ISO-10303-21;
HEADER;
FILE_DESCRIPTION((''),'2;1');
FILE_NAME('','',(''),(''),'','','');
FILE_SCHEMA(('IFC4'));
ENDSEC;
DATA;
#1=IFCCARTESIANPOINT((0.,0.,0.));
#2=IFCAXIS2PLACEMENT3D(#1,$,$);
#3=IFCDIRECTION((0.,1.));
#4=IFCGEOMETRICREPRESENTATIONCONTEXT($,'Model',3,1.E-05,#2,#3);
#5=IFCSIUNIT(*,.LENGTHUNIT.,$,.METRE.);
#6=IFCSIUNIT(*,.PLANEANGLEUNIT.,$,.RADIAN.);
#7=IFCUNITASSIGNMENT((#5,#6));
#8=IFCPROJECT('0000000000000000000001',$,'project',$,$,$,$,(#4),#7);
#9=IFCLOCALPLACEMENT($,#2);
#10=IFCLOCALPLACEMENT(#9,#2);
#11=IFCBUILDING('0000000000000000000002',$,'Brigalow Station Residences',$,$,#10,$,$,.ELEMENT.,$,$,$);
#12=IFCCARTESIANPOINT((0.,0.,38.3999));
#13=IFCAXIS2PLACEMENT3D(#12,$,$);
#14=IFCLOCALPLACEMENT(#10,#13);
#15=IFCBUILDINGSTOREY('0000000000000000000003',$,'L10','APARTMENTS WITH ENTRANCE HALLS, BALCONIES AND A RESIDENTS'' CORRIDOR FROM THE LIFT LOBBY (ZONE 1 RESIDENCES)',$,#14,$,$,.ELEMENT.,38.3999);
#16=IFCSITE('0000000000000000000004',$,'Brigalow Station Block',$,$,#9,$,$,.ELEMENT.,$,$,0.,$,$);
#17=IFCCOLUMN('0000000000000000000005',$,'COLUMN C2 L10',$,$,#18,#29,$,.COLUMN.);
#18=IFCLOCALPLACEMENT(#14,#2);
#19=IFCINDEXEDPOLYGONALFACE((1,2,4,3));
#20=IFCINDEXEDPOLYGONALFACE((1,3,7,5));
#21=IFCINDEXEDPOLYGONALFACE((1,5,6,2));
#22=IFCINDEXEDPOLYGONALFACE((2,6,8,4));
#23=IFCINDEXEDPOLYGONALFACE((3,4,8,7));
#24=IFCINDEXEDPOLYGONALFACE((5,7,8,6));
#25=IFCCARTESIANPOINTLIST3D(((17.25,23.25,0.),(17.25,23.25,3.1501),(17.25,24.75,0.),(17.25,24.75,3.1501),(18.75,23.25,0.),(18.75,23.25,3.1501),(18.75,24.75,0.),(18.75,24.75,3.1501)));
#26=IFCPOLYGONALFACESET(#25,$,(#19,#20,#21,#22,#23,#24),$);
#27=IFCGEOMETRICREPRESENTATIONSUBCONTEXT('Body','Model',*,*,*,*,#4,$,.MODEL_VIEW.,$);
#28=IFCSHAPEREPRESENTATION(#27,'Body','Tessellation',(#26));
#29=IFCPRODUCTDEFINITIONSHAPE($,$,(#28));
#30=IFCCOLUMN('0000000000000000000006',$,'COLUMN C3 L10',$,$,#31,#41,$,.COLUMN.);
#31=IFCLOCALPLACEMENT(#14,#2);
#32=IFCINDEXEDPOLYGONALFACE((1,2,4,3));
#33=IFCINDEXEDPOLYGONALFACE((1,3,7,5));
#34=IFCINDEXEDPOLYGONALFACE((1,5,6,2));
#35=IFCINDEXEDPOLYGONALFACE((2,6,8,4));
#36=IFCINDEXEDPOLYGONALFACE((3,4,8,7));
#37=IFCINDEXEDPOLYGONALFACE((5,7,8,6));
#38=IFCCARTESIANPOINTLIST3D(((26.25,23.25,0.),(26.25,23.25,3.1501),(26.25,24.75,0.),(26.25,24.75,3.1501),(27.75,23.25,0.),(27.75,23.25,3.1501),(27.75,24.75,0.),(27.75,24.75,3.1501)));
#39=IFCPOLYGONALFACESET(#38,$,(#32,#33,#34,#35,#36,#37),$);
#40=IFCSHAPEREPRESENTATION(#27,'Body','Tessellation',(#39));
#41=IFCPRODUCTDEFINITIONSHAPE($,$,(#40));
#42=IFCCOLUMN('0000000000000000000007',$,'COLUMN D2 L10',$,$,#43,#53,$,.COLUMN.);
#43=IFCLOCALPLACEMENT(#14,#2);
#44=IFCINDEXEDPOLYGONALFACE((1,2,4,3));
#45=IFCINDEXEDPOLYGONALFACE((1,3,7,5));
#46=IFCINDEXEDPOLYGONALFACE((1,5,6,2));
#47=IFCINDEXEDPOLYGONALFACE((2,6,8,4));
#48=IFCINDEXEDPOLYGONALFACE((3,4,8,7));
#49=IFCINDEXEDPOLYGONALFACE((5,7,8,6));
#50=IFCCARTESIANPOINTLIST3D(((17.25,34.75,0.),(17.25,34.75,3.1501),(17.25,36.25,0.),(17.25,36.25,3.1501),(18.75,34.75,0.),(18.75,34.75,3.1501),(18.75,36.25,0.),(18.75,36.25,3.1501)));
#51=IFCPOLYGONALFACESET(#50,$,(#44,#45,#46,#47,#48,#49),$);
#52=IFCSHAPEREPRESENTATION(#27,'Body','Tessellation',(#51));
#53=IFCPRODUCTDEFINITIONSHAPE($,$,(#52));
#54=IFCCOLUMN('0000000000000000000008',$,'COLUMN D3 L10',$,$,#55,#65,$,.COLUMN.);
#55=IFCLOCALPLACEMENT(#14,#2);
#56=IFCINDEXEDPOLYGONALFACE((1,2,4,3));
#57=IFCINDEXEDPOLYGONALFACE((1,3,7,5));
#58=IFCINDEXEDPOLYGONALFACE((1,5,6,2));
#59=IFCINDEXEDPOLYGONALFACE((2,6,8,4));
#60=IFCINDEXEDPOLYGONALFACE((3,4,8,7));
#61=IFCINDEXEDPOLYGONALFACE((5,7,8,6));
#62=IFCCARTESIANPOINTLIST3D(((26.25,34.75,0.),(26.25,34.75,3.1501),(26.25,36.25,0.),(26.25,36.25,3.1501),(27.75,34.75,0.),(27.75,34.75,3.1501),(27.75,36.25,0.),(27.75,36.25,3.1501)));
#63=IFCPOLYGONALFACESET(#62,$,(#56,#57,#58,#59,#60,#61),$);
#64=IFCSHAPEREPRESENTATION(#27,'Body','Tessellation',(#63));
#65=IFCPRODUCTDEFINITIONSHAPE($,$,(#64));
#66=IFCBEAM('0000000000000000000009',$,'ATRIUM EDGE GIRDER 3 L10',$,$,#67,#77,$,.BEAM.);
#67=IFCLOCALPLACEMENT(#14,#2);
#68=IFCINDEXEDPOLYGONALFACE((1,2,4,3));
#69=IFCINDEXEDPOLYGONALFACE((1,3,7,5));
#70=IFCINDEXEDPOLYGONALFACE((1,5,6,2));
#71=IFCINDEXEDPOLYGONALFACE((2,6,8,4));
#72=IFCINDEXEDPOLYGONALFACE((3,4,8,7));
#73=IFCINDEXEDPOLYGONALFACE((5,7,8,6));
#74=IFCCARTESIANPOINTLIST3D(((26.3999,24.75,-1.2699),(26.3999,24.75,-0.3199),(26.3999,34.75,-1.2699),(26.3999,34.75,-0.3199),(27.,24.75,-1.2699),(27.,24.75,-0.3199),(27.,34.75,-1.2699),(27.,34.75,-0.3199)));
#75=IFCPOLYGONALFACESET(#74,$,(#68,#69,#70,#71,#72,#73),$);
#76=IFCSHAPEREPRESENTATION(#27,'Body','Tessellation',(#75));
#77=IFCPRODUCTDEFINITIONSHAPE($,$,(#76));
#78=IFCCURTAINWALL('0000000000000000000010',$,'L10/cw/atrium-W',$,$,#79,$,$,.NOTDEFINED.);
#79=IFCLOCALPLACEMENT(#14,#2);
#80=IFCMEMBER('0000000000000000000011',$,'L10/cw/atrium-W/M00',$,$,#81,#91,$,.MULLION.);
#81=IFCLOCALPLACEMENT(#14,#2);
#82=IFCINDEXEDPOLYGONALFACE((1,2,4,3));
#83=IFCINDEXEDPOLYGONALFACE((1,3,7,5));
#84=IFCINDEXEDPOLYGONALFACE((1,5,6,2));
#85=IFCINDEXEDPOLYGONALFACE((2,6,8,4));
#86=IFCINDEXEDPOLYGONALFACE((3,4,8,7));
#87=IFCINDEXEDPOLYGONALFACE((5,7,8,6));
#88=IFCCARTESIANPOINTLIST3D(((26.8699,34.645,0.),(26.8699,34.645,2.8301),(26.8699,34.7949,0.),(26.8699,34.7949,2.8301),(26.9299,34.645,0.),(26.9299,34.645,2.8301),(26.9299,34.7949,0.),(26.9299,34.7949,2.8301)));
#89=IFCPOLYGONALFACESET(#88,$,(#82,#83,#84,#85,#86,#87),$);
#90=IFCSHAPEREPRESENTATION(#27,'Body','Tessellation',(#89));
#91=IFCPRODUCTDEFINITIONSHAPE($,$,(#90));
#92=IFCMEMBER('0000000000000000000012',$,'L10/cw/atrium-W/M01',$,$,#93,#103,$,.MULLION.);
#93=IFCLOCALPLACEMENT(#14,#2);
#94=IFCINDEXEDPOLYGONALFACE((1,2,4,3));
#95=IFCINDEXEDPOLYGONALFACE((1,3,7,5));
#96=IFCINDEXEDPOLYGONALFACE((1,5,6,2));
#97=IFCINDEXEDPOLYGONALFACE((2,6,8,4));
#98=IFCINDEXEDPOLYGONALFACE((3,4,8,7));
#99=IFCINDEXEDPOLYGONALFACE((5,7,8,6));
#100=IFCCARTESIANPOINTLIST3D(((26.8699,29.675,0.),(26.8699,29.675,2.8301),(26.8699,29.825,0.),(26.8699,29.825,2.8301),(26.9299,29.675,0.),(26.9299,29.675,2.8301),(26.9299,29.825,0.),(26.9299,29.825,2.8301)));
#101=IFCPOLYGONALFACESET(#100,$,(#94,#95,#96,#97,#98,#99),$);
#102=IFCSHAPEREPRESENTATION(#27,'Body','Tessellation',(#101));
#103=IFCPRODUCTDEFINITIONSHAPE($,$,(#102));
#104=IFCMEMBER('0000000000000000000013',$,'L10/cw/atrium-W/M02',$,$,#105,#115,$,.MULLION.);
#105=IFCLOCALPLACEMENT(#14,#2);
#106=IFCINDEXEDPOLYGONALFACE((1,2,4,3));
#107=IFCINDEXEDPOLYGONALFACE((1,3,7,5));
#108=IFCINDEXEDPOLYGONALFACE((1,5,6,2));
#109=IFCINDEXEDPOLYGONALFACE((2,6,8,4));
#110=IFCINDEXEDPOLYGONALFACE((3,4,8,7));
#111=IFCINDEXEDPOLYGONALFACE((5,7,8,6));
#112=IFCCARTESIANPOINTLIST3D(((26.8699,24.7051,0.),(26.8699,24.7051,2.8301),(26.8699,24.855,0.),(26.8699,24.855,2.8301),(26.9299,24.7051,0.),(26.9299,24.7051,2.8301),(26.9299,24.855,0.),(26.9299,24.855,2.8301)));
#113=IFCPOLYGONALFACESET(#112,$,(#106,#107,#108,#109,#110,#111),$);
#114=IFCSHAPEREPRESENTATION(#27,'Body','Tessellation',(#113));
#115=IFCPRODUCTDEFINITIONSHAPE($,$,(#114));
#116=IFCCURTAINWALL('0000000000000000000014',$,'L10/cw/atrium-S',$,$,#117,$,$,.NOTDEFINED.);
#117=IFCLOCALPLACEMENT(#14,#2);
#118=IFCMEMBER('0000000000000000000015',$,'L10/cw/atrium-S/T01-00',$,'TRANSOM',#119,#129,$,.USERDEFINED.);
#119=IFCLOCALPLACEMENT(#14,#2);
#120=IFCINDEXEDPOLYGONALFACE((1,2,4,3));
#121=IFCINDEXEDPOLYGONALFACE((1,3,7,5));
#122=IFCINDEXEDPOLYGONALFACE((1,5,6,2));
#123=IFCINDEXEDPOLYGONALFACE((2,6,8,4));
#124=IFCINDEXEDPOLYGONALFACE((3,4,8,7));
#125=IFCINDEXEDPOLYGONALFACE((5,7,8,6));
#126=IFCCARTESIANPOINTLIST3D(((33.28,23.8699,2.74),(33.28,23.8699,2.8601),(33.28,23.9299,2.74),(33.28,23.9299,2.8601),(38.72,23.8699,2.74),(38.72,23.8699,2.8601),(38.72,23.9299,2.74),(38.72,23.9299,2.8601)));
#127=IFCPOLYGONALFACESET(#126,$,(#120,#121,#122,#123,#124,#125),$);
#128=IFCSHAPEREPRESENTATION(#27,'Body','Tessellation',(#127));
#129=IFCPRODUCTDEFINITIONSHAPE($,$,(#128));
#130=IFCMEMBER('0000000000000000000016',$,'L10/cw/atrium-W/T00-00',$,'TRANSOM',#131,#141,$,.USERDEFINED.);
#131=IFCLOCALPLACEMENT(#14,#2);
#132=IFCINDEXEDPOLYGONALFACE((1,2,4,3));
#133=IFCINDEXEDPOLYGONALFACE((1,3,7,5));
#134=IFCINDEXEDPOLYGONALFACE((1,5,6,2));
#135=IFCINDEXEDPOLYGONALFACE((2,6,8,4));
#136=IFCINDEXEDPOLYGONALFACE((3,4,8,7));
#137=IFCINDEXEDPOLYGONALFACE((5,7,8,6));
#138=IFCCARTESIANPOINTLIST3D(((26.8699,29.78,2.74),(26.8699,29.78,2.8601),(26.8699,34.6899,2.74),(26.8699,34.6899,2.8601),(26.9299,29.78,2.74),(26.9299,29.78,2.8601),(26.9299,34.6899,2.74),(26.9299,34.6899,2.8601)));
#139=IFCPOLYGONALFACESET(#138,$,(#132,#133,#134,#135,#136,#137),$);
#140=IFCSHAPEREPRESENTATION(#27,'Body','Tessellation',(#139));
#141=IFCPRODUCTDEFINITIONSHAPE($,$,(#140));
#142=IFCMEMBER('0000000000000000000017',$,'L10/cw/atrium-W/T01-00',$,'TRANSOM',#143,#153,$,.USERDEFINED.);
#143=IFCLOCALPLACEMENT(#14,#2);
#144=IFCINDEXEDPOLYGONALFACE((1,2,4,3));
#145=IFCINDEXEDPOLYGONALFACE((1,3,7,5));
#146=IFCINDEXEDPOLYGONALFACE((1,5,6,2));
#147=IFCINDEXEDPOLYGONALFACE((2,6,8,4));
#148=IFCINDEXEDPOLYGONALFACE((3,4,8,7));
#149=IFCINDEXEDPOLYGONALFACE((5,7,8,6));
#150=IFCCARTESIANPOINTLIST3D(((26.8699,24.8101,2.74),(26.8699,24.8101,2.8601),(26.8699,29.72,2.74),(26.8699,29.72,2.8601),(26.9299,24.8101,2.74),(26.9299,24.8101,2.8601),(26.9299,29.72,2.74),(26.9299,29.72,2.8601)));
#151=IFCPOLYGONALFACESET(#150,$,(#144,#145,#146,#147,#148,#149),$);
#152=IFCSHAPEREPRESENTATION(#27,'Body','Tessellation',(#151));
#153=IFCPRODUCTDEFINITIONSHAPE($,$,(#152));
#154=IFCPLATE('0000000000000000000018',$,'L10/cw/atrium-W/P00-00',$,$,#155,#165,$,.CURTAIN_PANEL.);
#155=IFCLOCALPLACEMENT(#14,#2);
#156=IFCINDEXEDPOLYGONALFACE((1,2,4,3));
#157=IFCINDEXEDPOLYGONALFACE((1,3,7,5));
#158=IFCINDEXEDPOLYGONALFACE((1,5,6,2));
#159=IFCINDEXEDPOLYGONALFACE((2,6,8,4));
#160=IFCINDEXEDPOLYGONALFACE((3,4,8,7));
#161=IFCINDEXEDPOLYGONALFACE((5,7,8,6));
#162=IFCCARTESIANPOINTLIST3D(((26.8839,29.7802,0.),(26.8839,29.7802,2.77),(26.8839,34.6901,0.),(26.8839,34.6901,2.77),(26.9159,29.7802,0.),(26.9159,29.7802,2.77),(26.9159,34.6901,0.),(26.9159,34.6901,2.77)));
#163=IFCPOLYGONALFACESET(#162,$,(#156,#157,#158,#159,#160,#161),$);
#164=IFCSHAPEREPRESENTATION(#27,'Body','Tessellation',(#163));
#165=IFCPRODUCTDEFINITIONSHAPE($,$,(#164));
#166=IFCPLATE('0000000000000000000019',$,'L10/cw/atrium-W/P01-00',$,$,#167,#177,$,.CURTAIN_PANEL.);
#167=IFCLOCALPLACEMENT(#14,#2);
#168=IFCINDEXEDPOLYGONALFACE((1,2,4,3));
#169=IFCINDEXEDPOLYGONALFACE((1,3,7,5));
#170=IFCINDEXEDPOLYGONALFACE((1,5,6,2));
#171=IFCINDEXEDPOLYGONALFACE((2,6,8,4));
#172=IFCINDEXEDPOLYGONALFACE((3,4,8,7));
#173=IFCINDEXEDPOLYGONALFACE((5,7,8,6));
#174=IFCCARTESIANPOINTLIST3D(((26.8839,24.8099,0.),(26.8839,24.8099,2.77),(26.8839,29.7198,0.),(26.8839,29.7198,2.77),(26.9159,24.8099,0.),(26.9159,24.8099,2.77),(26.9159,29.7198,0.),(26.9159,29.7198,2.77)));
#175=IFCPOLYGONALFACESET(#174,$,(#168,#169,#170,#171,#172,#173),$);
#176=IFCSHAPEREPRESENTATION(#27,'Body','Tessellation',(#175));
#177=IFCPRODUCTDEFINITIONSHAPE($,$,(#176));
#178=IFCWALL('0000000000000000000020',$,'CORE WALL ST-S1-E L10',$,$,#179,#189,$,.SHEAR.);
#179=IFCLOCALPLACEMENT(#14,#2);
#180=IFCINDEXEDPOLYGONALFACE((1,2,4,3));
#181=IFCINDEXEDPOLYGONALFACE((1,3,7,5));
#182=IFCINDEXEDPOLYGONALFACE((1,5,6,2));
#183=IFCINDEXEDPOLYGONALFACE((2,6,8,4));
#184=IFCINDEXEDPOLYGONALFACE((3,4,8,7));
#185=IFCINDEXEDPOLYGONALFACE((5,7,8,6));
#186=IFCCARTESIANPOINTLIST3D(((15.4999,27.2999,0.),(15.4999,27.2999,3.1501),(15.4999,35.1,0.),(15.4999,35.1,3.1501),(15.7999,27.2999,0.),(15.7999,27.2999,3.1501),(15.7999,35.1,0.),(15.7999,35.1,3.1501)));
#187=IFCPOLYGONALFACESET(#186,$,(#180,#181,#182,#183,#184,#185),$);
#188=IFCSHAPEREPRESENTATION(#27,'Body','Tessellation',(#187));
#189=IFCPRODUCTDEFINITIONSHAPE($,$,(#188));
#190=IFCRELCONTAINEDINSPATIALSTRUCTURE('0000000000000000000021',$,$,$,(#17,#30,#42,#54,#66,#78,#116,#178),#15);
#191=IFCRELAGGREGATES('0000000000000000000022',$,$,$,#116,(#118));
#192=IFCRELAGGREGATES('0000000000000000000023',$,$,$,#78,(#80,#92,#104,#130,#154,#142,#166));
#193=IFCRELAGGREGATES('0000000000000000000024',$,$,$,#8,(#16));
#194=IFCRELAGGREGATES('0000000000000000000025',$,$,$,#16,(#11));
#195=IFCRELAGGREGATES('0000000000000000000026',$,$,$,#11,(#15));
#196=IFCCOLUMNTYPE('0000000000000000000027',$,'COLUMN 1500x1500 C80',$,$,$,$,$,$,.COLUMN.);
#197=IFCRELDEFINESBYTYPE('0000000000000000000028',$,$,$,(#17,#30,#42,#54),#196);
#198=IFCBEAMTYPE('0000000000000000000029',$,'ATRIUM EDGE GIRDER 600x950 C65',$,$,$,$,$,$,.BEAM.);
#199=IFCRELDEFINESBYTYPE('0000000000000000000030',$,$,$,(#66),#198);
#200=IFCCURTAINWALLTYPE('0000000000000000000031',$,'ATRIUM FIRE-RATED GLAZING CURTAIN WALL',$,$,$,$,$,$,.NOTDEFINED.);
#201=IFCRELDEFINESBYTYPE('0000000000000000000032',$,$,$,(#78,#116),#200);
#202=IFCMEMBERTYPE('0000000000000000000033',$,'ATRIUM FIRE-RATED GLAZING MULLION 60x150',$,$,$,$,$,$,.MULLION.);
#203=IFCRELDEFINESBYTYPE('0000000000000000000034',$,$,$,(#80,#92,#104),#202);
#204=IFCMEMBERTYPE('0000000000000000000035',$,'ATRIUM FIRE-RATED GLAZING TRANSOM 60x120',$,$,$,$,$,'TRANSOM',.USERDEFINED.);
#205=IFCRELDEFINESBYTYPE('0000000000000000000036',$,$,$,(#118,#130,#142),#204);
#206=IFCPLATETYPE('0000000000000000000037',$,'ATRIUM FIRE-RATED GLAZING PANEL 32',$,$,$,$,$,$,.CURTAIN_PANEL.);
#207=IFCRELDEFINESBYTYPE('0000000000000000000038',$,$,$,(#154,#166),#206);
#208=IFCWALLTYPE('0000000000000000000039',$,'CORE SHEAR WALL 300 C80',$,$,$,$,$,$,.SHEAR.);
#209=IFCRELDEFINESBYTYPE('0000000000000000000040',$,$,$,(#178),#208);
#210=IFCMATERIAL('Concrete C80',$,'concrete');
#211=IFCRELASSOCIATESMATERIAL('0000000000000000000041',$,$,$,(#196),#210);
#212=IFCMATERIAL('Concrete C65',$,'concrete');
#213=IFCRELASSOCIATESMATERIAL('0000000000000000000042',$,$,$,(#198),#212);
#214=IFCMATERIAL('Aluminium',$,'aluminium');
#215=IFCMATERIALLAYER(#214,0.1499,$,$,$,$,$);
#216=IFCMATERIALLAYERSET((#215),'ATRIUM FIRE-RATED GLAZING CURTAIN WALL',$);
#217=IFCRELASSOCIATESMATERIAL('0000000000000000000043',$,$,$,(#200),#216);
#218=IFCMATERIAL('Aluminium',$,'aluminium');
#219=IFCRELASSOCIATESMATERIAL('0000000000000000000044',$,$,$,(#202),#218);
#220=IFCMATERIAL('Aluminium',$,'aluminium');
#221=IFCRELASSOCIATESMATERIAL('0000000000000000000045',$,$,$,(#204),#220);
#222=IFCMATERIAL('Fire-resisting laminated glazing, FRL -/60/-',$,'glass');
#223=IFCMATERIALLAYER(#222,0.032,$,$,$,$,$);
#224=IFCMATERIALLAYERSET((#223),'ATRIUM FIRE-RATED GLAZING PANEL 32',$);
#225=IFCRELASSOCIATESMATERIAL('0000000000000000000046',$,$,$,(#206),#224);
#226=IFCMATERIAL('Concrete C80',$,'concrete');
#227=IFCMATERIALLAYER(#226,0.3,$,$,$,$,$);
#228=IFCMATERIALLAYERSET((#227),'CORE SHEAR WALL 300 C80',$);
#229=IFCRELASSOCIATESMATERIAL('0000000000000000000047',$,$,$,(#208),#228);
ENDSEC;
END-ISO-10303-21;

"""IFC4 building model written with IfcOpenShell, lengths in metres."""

from ifc_helpers import new_model, si_unit, direction, frame, frame_2d, origin, origin_2d, place, context, subcontext, project, spatial, rectangle, extrude, material, layer, layer_set, material_profile, profile_set, type_object, element, aggregate, save


model = new_model("IFC4")

# Units and contexts
model_context = context("Model", 3, precision=1e-05, world=origin(), true_north=direction((0.0, 1.0)))
body_context = subcontext(model_context, "Body", "Model", "MODEL_VIEW")
ifc_project = project(units=[si_unit("LENGTHUNIT", "METRE"), si_unit("PLANEANGLEUNIT", "RADIAN")], contexts=[model_context])

# Site, building, storey
site_placement = place(None, origin())
site = spatial("IfcSite", under=ifc_project, at=site_placement, Name="Brigalow Station Block", CompositionType="ELEMENT", RefElevation=0.0)
building_placement = place(site_placement, origin())
building = spatial("IfcBuilding", under=site, at=building_placement, Name="Brigalow Station Residences", CompositionType="ELEMENT")
storey_placement = place(building_placement, frame((0.0, 0.0, 38.3999)))
storey = spatial("IfcBuildingStorey", under=building, at=storey_placement, Name="L10", Description="APARTMENTS WITH ENTRANCE HALLS, BALCONIES AND A RESIDENTS' CORRIDOR FROM THE LIFT LOBBY (ZONE 1 RESIDENCES)", CompositionType="ELEMENT", Elevation=38.3999)

# Columns
ifc_material_1 = material(Name="Concrete C80", Category="concrete")
ifc_material_profile_1 = material_profile(ifc_material_1, rectangle(XDim=1.5, YDim=1.5, at=origin_2d()), Name="RC1500x1500")
ifc_profile_set_1 = profile_set([ifc_material_profile_1], Name="Concrete C80")
column_type = type_object("IfcColumnType", Name="COLUMN 1500x1500 C80", PredefinedType="COLUMN", material=ifc_profile_set_1)
for number, where, z_axis, x_axis, name in (
    (1, (18.0, 24.0, 0.0), (0.0, 0.0, 1.0), (1.0, 0.0, 0.0), "COLUMN C2 L10"),
    (2, (27.0, 24.0, 0.0), (0.0, 0.0, 1.0), (1.0, 0.0, 0.0), "COLUMN C3 L10"),
    (3, (18.0, 35.5, 0.0), (0.0, 0.0, 1.0), (1.0, 0.0, 0.0), "COLUMN D2 L10"),
    (4, (27.0, 35.5, 0.0), (0.0, 0.0, 1.0), (1.0, 0.0, 0.0), "COLUMN D3 L10"),
):
    element("IfcColumn", number, at=place(storey_placement, frame(where, z_axis=z_axis, x_axis=x_axis)), inside=storey, type_object=column_type, Name=name, PredefinedType="COLUMN", context=body_context, shape_type="SweptSolid", body=[
        extrude(rectangle(XDim=1.5, YDim=1.5, at=origin_2d()), origin(), (0.0, 0.0, 1.0), 3.1501),
    ])

# Beam
ifc_material_2 = material(Name="Concrete C65", Category="concrete")
ifc_material_profile_2 = material_profile(ifc_material_2, rectangle(XDim=0.6001, YDim=0.95, at=origin_2d()), Name="RC600x950")
ifc_profile_set_2 = profile_set([ifc_material_profile_2], Name="Concrete C65")
beam_type = type_object("IfcBeamType", Name="ATRIUM EDGE GIRDER 600x950 C65", PredefinedType="BEAM", material=ifc_profile_set_2)
beam_placement = place(storey_placement, frame((26.7, 24.75, -0.7949), z_axis=(0.0, 1.0, 0.0), x_axis=(-1.0, 0.0, 0.0)))
element("IfcBeam", 5, at=beam_placement, inside=storey, type_object=beam_type, Name="ATRIUM EDGE GIRDER 3 L10", PredefinedType="BEAM", context=body_context, shape_type="SweptSolid", body=[
    extrude(rectangle(XDim=0.6001, YDim=0.95, at=origin_2d()), origin(), (0.0, 0.0, 1.0), 10.0),
])

# Curtain wall, members
ifc_material_3 = material(Name="Aluminium", Category="aluminium")
ifc_layer_1 = layer(ifc_material_3, 0.1499)
ifc_layer_set_1 = layer_set([ifc_layer_1], Name="ATRIUM FIRE-RATED GLAZING CURTAIN WALL")
curtain_wall_type = type_object("IfcCurtainWallType", Name="ATRIUM FIRE-RATED GLAZING CURTAIN WALL", PredefinedType="NOTDEFINED", material=ifc_layer_set_1)
curtain_wall_1_placement = place(storey_placement, origin())
curtain_wall_1 = element("IfcCurtainWall", 6, at=curtain_wall_1_placement, inside=storey, type_object=curtain_wall_type, Name="L10/cw/atrium-W", PredefinedType="NOTDEFINED")
ifc_material_4 = material(Name="Aluminium", Category="aluminium")
ifc_material_profile_3 = material_profile(ifc_material_4, rectangle(XDim=0.0601, YDim=0.1499, at=origin_2d()), Name="ATRIUM FIRE-RATED GLAZING MULLION 60x150")
ifc_profile_set_3 = profile_set([ifc_material_profile_3], Name="Aluminium")
member_type_1 = type_object("IfcMemberType", Name="ATRIUM FIRE-RATED GLAZING MULLION 60x150", PredefinedType="MULLION", material=ifc_profile_set_3)
member_1_placement = place(storey_placement, frame((26.8999, 34.72, 0.0), z_axis=(0.0, 0.0, 1.0), x_axis=(1.0, 0.0, 0.0)))
member_1 = element("IfcMember", 7, at=member_1_placement, type_object=member_type_1, Name="L10/cw/atrium-W/M00", PredefinedType="MULLION", context=body_context, shape_type="SweptSolid", body=[
    extrude(rectangle(XDim=0.0601, YDim=0.1499, at=origin_2d()), origin(), (0.0, 0.0, 1.0), 2.8301),
])
member_2_placement = place(storey_placement, frame((26.8999, 29.75, 0.0), z_axis=(0.0, 0.0, 1.0), x_axis=(1.0, 0.0, 0.0)))
member_2 = element("IfcMember", 8, at=member_2_placement, type_object=member_type_1, Name="L10/cw/atrium-W/M01", PredefinedType="MULLION", context=body_context, shape_type="SweptSolid", body=[
    extrude(rectangle(XDim=0.0601, YDim=0.1499, at=origin_2d()), origin(), (0.0, 0.0, 1.0), 2.8301),
])
member_3_placement = place(storey_placement, frame((26.8999, 24.78, 0.0), z_axis=(0.0, 0.0, 1.0), x_axis=(1.0, 0.0, 0.0)))
member_3 = element("IfcMember", 9, at=member_3_placement, type_object=member_type_1, Name="L10/cw/atrium-W/M02", PredefinedType="MULLION", context=body_context, shape_type="SweptSolid", body=[
    extrude(rectangle(XDim=0.0601, YDim=0.1499, at=origin_2d()), origin(), (0.0, 0.0, 1.0), 2.8301),
])

# Curtain wall, member
curtain_wall_2_placement = place(storey_placement, origin())
curtain_wall_2 = element("IfcCurtainWall", 10, at=curtain_wall_2_placement, inside=storey, type_object=curtain_wall_type, Name="L10/cw/atrium-S", PredefinedType="NOTDEFINED")
ifc_material_5 = material(Name="Aluminium", Category="aluminium")
ifc_material_profile_4 = material_profile(ifc_material_5, rectangle(XDim=0.0601, YDim=0.1201, at=origin_2d()), Name="ATRIUM FIRE-RATED GLAZING TRANSOM 60x120")
ifc_profile_set_4 = profile_set([ifc_material_profile_4], Name="Aluminium")
member_type_2 = type_object("IfcMemberType", Name="ATRIUM FIRE-RATED GLAZING TRANSOM 60x120", ElementType="TRANSOM", PredefinedType="USERDEFINED", material=ifc_profile_set_4)
member_4_placement = place(storey_placement, frame((33.28, 23.8999, 2.8), z_axis=(1.0, 0.0, 0.0), x_axis=(0.0, 1.0, 0.0)))
member_4 = element("IfcMember", 11, at=member_4_placement, type_object=member_type_2, Name="L10/cw/atrium-S/T01-00", ObjectType="TRANSOM", PredefinedType="USERDEFINED", context=body_context, shape_type="SweptSolid", body=[
    extrude(rectangle(XDim=0.0601, YDim=0.1201, at=origin_2d()), origin(), (0.0, 0.0, 1.0), 5.4399),
])
aggregate(curtain_wall_2, [member_4])

# Members
member_5_placement = place(storey_placement, frame((26.8999, 34.6899, 2.8), z_axis=(0.0, -1.0, 0.0), x_axis=(1.0, 0.0, 0.0)))
member_5 = element("IfcMember", 12, at=member_5_placement, type_object=member_type_2, Name="L10/cw/atrium-W/T00-00", ObjectType="TRANSOM", PredefinedType="USERDEFINED", context=body_context, shape_type="SweptSolid", body=[
    extrude(rectangle(XDim=0.0601, YDim=0.1201, at=origin_2d()), origin(), (0.0, 0.0, 1.0), 4.9099),
])
member_6_placement = place(storey_placement, frame((26.8999, 29.72, 2.8), z_axis=(0.0, -1.0, 0.0), x_axis=(1.0, 0.0, 0.0)))
member_6 = element("IfcMember", 13, at=member_6_placement, type_object=member_type_2, Name="L10/cw/atrium-W/T01-00", ObjectType="TRANSOM", PredefinedType="USERDEFINED", context=body_context, shape_type="SweptSolid", body=[
    extrude(rectangle(XDim=0.0601, YDim=0.1201, at=origin_2d()), origin(), (0.0, 0.0, 1.0), 4.9099),
])

# Plates
ifc_material_6 = material(Name="Fire-resisting laminated glazing, FRL -/60/-", Category="glass")
ifc_layer_2 = layer(ifc_material_6, 0.032)
ifc_layer_set_2 = layer_set([ifc_layer_2], Name="ATRIUM FIRE-RATED GLAZING PANEL 32")
plate_type = type_object("IfcPlateType", Name="ATRIUM FIRE-RATED GLAZING PANEL 32", PredefinedType="CURTAIN_PANEL", material=ifc_layer_set_2)
plate_1_placement = place(storey_placement, frame((26.8999, 32.2351, 0.0), z_axis=(0.0, 0.0, 1.0), x_axis=(0.0, -1.0, 0.0)))
plate_1 = element("IfcPlate", 14, at=plate_1_placement, type_object=plate_type, Name="L10/cw/atrium-W/P00-00", PredefinedType="CURTAIN_PANEL", context=body_context, shape_type="SweptSolid", body=[
    extrude(rectangle(XDim=4.9099, YDim=0.032, at=origin_2d()), origin(), (0.0, 0.0, 1.0), 2.77),
])
plate_2_placement = place(storey_placement, frame((26.8999, 27.2649, 0.0), z_axis=(0.0, 0.0, 1.0), x_axis=(0.0, -1.0, 0.0)))
plate_2 = element("IfcPlate", 15, at=plate_2_placement, type_object=plate_type, Name="L10/cw/atrium-W/P01-00", PredefinedType="CURTAIN_PANEL", context=body_context, shape_type="SweptSolid", body=[
    extrude(rectangle(XDim=4.9099, YDim=0.032, at=origin_2d()), origin(), (0.0, 0.0, 1.0), 2.77),
])
aggregate(curtain_wall_1, [member_1, member_2, member_3, member_5, plate_1, member_6, plate_2])

# Wall
ifc_material_7 = material(Name="Concrete C80", Category="concrete")
ifc_layer_3 = layer(ifc_material_7, 0.3)
ifc_layer_set_3 = layer_set([ifc_layer_3], Name="CORE SHEAR WALL 300 C80")
wall_type_1 = type_object("IfcWallType", Name="CORE SHEAR WALL 300 C80", PredefinedType="SHEAR", material=ifc_layer_set_3)
wall_1_placement = place(storey_placement, frame((15.6499, 27.3, 0.0), z_axis=(0.0, 0.0, 1.0), x_axis=(0.0, 1.0, 0.0)))
element("IfcWall", 16, at=wall_1_placement, inside=storey, type_object=wall_type_1, Name="CORE WALL ST-S1-E L10", PredefinedType="SHEAR", context=body_context, shape_type="SweptSolid", body=[
    extrude(rectangle(XDim=7.8, YDim=0.3, at=frame_2d((3.8999, 0.0))), origin(), (0.0, 0.0, 1.0), 3.1501),
])

save(model, "model.ifc")
